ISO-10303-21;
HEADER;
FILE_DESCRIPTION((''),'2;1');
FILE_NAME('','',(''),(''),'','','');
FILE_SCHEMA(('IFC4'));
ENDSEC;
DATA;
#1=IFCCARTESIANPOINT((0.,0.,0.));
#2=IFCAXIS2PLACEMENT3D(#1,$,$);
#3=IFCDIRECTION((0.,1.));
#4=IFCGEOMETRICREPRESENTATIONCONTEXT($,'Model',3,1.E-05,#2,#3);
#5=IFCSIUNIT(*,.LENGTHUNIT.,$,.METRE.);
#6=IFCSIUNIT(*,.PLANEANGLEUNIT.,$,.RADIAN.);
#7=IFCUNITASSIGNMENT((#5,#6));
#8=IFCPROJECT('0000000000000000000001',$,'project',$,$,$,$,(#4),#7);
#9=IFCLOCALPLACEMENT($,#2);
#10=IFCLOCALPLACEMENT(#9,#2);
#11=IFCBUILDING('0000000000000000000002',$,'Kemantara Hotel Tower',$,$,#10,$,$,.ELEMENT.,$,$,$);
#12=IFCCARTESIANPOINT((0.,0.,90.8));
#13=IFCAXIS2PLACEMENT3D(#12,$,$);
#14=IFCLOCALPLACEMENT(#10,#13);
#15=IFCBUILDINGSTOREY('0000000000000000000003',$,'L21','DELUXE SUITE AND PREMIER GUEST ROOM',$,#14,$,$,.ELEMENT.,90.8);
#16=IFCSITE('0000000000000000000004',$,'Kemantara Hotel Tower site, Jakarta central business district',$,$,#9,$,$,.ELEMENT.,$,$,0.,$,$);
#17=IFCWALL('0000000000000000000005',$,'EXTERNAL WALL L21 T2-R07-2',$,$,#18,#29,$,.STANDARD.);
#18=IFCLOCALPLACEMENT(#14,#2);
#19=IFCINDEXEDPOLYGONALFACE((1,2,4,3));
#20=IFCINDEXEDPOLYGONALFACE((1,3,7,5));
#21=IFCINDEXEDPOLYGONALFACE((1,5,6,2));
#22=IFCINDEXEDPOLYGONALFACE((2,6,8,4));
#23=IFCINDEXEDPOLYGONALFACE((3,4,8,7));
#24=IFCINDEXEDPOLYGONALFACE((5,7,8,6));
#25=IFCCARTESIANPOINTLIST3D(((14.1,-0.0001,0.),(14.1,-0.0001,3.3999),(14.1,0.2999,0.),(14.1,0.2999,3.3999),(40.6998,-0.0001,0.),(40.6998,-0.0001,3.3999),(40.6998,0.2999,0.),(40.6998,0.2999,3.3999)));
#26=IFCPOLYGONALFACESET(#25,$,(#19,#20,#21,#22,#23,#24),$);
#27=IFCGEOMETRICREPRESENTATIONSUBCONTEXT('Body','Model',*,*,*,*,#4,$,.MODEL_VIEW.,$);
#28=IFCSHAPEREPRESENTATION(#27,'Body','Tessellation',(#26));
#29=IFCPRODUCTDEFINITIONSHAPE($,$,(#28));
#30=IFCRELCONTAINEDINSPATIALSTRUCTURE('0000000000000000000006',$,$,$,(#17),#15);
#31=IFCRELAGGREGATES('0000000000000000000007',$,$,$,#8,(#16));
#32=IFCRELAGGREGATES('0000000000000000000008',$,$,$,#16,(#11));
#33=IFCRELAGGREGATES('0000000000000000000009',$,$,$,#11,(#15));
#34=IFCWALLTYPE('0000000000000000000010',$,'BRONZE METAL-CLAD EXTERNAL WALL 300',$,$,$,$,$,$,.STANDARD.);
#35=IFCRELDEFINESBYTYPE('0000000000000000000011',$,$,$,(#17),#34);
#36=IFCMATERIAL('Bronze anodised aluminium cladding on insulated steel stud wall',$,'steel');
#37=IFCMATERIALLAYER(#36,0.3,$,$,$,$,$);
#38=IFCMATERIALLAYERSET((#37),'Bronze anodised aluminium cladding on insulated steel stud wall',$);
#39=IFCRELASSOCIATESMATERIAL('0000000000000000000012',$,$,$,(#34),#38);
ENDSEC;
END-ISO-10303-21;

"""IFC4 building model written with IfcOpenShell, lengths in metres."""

from ifc_helpers import new_model, si_unit, direction, frame, frame_2d, origin, place, context, subcontext, project, spatial, rectangle, extrude, material, layer, layer_set, type_object, element, save


model = new_model("IFC4")

# Units and contexts
model_context = context("Model", 3, precision=1e-05, world=origin(), true_north=direction((0.0, 1.0)))
body_context = subcontext(model_context, "Body", "Model", "MODEL_VIEW")
ifc_project = project(units=[si_unit("LENGTHUNIT", "METRE"), si_unit("PLANEANGLEUNIT", "RADIAN")], contexts=[model_context])

# Site, building, storey
site_placement = place(None, origin())
site = spatial("IfcSite", under=ifc_project, at=site_placement, Name="Kemantara Hotel Tower site, Jakarta central business district", CompositionType="ELEMENT", RefElevation=0.0)
building_placement = place(site_placement, origin())
building = spatial("IfcBuilding", under=site, at=building_placement, Name="Kemantara Hotel Tower", CompositionType="ELEMENT")
storey_placement = place(building_placement, frame((0.0, 0.0, 90.8)))
storey = spatial("IfcBuildingStorey", under=building, at=storey_placement, Name="L21", Description="DELUXE SUITE AND PREMIER GUEST ROOM", CompositionType="ELEMENT", Elevation=90.8)

# Wall
ifc_material_1 = material(Name="Bronze anodised aluminium cladding on insulated steel stud wall", Category="steel")
ifc_layer_1 = layer(ifc_material_1, 0.3)
ifc_layer_set_1 = layer_set([ifc_layer_1], Name="Bronze anodised aluminium cladding on insulated steel stud wall")
wall_type_1 = type_object("IfcWallType", Name="BRONZE METAL-CLAD EXTERNAL WALL 300", PredefinedType="STANDARD", material=ifc_layer_set_1)
wall_1_placement = place(storey_placement, frame((14.1001, 0.1499, 0.0), z_axis=(0.0, 0.0, 1.0), x_axis=(1.0, 0.0, 0.0)))
element("IfcWall", 1, at=wall_1_placement, inside=storey, type_object=wall_type_1, Name="EXTERNAL WALL L21 T2-R07-2", PredefinedType="STANDARD", context=body_context, shape_type="SweptSolid", body=[
    extrude(rectangle(XDim=26.5999, YDim=0.3, at=frame_2d((13.2998, 0.0))), origin(), (0.0, 0.0, 1.0), 3.3999),
])

save(model, "model.ifc")
